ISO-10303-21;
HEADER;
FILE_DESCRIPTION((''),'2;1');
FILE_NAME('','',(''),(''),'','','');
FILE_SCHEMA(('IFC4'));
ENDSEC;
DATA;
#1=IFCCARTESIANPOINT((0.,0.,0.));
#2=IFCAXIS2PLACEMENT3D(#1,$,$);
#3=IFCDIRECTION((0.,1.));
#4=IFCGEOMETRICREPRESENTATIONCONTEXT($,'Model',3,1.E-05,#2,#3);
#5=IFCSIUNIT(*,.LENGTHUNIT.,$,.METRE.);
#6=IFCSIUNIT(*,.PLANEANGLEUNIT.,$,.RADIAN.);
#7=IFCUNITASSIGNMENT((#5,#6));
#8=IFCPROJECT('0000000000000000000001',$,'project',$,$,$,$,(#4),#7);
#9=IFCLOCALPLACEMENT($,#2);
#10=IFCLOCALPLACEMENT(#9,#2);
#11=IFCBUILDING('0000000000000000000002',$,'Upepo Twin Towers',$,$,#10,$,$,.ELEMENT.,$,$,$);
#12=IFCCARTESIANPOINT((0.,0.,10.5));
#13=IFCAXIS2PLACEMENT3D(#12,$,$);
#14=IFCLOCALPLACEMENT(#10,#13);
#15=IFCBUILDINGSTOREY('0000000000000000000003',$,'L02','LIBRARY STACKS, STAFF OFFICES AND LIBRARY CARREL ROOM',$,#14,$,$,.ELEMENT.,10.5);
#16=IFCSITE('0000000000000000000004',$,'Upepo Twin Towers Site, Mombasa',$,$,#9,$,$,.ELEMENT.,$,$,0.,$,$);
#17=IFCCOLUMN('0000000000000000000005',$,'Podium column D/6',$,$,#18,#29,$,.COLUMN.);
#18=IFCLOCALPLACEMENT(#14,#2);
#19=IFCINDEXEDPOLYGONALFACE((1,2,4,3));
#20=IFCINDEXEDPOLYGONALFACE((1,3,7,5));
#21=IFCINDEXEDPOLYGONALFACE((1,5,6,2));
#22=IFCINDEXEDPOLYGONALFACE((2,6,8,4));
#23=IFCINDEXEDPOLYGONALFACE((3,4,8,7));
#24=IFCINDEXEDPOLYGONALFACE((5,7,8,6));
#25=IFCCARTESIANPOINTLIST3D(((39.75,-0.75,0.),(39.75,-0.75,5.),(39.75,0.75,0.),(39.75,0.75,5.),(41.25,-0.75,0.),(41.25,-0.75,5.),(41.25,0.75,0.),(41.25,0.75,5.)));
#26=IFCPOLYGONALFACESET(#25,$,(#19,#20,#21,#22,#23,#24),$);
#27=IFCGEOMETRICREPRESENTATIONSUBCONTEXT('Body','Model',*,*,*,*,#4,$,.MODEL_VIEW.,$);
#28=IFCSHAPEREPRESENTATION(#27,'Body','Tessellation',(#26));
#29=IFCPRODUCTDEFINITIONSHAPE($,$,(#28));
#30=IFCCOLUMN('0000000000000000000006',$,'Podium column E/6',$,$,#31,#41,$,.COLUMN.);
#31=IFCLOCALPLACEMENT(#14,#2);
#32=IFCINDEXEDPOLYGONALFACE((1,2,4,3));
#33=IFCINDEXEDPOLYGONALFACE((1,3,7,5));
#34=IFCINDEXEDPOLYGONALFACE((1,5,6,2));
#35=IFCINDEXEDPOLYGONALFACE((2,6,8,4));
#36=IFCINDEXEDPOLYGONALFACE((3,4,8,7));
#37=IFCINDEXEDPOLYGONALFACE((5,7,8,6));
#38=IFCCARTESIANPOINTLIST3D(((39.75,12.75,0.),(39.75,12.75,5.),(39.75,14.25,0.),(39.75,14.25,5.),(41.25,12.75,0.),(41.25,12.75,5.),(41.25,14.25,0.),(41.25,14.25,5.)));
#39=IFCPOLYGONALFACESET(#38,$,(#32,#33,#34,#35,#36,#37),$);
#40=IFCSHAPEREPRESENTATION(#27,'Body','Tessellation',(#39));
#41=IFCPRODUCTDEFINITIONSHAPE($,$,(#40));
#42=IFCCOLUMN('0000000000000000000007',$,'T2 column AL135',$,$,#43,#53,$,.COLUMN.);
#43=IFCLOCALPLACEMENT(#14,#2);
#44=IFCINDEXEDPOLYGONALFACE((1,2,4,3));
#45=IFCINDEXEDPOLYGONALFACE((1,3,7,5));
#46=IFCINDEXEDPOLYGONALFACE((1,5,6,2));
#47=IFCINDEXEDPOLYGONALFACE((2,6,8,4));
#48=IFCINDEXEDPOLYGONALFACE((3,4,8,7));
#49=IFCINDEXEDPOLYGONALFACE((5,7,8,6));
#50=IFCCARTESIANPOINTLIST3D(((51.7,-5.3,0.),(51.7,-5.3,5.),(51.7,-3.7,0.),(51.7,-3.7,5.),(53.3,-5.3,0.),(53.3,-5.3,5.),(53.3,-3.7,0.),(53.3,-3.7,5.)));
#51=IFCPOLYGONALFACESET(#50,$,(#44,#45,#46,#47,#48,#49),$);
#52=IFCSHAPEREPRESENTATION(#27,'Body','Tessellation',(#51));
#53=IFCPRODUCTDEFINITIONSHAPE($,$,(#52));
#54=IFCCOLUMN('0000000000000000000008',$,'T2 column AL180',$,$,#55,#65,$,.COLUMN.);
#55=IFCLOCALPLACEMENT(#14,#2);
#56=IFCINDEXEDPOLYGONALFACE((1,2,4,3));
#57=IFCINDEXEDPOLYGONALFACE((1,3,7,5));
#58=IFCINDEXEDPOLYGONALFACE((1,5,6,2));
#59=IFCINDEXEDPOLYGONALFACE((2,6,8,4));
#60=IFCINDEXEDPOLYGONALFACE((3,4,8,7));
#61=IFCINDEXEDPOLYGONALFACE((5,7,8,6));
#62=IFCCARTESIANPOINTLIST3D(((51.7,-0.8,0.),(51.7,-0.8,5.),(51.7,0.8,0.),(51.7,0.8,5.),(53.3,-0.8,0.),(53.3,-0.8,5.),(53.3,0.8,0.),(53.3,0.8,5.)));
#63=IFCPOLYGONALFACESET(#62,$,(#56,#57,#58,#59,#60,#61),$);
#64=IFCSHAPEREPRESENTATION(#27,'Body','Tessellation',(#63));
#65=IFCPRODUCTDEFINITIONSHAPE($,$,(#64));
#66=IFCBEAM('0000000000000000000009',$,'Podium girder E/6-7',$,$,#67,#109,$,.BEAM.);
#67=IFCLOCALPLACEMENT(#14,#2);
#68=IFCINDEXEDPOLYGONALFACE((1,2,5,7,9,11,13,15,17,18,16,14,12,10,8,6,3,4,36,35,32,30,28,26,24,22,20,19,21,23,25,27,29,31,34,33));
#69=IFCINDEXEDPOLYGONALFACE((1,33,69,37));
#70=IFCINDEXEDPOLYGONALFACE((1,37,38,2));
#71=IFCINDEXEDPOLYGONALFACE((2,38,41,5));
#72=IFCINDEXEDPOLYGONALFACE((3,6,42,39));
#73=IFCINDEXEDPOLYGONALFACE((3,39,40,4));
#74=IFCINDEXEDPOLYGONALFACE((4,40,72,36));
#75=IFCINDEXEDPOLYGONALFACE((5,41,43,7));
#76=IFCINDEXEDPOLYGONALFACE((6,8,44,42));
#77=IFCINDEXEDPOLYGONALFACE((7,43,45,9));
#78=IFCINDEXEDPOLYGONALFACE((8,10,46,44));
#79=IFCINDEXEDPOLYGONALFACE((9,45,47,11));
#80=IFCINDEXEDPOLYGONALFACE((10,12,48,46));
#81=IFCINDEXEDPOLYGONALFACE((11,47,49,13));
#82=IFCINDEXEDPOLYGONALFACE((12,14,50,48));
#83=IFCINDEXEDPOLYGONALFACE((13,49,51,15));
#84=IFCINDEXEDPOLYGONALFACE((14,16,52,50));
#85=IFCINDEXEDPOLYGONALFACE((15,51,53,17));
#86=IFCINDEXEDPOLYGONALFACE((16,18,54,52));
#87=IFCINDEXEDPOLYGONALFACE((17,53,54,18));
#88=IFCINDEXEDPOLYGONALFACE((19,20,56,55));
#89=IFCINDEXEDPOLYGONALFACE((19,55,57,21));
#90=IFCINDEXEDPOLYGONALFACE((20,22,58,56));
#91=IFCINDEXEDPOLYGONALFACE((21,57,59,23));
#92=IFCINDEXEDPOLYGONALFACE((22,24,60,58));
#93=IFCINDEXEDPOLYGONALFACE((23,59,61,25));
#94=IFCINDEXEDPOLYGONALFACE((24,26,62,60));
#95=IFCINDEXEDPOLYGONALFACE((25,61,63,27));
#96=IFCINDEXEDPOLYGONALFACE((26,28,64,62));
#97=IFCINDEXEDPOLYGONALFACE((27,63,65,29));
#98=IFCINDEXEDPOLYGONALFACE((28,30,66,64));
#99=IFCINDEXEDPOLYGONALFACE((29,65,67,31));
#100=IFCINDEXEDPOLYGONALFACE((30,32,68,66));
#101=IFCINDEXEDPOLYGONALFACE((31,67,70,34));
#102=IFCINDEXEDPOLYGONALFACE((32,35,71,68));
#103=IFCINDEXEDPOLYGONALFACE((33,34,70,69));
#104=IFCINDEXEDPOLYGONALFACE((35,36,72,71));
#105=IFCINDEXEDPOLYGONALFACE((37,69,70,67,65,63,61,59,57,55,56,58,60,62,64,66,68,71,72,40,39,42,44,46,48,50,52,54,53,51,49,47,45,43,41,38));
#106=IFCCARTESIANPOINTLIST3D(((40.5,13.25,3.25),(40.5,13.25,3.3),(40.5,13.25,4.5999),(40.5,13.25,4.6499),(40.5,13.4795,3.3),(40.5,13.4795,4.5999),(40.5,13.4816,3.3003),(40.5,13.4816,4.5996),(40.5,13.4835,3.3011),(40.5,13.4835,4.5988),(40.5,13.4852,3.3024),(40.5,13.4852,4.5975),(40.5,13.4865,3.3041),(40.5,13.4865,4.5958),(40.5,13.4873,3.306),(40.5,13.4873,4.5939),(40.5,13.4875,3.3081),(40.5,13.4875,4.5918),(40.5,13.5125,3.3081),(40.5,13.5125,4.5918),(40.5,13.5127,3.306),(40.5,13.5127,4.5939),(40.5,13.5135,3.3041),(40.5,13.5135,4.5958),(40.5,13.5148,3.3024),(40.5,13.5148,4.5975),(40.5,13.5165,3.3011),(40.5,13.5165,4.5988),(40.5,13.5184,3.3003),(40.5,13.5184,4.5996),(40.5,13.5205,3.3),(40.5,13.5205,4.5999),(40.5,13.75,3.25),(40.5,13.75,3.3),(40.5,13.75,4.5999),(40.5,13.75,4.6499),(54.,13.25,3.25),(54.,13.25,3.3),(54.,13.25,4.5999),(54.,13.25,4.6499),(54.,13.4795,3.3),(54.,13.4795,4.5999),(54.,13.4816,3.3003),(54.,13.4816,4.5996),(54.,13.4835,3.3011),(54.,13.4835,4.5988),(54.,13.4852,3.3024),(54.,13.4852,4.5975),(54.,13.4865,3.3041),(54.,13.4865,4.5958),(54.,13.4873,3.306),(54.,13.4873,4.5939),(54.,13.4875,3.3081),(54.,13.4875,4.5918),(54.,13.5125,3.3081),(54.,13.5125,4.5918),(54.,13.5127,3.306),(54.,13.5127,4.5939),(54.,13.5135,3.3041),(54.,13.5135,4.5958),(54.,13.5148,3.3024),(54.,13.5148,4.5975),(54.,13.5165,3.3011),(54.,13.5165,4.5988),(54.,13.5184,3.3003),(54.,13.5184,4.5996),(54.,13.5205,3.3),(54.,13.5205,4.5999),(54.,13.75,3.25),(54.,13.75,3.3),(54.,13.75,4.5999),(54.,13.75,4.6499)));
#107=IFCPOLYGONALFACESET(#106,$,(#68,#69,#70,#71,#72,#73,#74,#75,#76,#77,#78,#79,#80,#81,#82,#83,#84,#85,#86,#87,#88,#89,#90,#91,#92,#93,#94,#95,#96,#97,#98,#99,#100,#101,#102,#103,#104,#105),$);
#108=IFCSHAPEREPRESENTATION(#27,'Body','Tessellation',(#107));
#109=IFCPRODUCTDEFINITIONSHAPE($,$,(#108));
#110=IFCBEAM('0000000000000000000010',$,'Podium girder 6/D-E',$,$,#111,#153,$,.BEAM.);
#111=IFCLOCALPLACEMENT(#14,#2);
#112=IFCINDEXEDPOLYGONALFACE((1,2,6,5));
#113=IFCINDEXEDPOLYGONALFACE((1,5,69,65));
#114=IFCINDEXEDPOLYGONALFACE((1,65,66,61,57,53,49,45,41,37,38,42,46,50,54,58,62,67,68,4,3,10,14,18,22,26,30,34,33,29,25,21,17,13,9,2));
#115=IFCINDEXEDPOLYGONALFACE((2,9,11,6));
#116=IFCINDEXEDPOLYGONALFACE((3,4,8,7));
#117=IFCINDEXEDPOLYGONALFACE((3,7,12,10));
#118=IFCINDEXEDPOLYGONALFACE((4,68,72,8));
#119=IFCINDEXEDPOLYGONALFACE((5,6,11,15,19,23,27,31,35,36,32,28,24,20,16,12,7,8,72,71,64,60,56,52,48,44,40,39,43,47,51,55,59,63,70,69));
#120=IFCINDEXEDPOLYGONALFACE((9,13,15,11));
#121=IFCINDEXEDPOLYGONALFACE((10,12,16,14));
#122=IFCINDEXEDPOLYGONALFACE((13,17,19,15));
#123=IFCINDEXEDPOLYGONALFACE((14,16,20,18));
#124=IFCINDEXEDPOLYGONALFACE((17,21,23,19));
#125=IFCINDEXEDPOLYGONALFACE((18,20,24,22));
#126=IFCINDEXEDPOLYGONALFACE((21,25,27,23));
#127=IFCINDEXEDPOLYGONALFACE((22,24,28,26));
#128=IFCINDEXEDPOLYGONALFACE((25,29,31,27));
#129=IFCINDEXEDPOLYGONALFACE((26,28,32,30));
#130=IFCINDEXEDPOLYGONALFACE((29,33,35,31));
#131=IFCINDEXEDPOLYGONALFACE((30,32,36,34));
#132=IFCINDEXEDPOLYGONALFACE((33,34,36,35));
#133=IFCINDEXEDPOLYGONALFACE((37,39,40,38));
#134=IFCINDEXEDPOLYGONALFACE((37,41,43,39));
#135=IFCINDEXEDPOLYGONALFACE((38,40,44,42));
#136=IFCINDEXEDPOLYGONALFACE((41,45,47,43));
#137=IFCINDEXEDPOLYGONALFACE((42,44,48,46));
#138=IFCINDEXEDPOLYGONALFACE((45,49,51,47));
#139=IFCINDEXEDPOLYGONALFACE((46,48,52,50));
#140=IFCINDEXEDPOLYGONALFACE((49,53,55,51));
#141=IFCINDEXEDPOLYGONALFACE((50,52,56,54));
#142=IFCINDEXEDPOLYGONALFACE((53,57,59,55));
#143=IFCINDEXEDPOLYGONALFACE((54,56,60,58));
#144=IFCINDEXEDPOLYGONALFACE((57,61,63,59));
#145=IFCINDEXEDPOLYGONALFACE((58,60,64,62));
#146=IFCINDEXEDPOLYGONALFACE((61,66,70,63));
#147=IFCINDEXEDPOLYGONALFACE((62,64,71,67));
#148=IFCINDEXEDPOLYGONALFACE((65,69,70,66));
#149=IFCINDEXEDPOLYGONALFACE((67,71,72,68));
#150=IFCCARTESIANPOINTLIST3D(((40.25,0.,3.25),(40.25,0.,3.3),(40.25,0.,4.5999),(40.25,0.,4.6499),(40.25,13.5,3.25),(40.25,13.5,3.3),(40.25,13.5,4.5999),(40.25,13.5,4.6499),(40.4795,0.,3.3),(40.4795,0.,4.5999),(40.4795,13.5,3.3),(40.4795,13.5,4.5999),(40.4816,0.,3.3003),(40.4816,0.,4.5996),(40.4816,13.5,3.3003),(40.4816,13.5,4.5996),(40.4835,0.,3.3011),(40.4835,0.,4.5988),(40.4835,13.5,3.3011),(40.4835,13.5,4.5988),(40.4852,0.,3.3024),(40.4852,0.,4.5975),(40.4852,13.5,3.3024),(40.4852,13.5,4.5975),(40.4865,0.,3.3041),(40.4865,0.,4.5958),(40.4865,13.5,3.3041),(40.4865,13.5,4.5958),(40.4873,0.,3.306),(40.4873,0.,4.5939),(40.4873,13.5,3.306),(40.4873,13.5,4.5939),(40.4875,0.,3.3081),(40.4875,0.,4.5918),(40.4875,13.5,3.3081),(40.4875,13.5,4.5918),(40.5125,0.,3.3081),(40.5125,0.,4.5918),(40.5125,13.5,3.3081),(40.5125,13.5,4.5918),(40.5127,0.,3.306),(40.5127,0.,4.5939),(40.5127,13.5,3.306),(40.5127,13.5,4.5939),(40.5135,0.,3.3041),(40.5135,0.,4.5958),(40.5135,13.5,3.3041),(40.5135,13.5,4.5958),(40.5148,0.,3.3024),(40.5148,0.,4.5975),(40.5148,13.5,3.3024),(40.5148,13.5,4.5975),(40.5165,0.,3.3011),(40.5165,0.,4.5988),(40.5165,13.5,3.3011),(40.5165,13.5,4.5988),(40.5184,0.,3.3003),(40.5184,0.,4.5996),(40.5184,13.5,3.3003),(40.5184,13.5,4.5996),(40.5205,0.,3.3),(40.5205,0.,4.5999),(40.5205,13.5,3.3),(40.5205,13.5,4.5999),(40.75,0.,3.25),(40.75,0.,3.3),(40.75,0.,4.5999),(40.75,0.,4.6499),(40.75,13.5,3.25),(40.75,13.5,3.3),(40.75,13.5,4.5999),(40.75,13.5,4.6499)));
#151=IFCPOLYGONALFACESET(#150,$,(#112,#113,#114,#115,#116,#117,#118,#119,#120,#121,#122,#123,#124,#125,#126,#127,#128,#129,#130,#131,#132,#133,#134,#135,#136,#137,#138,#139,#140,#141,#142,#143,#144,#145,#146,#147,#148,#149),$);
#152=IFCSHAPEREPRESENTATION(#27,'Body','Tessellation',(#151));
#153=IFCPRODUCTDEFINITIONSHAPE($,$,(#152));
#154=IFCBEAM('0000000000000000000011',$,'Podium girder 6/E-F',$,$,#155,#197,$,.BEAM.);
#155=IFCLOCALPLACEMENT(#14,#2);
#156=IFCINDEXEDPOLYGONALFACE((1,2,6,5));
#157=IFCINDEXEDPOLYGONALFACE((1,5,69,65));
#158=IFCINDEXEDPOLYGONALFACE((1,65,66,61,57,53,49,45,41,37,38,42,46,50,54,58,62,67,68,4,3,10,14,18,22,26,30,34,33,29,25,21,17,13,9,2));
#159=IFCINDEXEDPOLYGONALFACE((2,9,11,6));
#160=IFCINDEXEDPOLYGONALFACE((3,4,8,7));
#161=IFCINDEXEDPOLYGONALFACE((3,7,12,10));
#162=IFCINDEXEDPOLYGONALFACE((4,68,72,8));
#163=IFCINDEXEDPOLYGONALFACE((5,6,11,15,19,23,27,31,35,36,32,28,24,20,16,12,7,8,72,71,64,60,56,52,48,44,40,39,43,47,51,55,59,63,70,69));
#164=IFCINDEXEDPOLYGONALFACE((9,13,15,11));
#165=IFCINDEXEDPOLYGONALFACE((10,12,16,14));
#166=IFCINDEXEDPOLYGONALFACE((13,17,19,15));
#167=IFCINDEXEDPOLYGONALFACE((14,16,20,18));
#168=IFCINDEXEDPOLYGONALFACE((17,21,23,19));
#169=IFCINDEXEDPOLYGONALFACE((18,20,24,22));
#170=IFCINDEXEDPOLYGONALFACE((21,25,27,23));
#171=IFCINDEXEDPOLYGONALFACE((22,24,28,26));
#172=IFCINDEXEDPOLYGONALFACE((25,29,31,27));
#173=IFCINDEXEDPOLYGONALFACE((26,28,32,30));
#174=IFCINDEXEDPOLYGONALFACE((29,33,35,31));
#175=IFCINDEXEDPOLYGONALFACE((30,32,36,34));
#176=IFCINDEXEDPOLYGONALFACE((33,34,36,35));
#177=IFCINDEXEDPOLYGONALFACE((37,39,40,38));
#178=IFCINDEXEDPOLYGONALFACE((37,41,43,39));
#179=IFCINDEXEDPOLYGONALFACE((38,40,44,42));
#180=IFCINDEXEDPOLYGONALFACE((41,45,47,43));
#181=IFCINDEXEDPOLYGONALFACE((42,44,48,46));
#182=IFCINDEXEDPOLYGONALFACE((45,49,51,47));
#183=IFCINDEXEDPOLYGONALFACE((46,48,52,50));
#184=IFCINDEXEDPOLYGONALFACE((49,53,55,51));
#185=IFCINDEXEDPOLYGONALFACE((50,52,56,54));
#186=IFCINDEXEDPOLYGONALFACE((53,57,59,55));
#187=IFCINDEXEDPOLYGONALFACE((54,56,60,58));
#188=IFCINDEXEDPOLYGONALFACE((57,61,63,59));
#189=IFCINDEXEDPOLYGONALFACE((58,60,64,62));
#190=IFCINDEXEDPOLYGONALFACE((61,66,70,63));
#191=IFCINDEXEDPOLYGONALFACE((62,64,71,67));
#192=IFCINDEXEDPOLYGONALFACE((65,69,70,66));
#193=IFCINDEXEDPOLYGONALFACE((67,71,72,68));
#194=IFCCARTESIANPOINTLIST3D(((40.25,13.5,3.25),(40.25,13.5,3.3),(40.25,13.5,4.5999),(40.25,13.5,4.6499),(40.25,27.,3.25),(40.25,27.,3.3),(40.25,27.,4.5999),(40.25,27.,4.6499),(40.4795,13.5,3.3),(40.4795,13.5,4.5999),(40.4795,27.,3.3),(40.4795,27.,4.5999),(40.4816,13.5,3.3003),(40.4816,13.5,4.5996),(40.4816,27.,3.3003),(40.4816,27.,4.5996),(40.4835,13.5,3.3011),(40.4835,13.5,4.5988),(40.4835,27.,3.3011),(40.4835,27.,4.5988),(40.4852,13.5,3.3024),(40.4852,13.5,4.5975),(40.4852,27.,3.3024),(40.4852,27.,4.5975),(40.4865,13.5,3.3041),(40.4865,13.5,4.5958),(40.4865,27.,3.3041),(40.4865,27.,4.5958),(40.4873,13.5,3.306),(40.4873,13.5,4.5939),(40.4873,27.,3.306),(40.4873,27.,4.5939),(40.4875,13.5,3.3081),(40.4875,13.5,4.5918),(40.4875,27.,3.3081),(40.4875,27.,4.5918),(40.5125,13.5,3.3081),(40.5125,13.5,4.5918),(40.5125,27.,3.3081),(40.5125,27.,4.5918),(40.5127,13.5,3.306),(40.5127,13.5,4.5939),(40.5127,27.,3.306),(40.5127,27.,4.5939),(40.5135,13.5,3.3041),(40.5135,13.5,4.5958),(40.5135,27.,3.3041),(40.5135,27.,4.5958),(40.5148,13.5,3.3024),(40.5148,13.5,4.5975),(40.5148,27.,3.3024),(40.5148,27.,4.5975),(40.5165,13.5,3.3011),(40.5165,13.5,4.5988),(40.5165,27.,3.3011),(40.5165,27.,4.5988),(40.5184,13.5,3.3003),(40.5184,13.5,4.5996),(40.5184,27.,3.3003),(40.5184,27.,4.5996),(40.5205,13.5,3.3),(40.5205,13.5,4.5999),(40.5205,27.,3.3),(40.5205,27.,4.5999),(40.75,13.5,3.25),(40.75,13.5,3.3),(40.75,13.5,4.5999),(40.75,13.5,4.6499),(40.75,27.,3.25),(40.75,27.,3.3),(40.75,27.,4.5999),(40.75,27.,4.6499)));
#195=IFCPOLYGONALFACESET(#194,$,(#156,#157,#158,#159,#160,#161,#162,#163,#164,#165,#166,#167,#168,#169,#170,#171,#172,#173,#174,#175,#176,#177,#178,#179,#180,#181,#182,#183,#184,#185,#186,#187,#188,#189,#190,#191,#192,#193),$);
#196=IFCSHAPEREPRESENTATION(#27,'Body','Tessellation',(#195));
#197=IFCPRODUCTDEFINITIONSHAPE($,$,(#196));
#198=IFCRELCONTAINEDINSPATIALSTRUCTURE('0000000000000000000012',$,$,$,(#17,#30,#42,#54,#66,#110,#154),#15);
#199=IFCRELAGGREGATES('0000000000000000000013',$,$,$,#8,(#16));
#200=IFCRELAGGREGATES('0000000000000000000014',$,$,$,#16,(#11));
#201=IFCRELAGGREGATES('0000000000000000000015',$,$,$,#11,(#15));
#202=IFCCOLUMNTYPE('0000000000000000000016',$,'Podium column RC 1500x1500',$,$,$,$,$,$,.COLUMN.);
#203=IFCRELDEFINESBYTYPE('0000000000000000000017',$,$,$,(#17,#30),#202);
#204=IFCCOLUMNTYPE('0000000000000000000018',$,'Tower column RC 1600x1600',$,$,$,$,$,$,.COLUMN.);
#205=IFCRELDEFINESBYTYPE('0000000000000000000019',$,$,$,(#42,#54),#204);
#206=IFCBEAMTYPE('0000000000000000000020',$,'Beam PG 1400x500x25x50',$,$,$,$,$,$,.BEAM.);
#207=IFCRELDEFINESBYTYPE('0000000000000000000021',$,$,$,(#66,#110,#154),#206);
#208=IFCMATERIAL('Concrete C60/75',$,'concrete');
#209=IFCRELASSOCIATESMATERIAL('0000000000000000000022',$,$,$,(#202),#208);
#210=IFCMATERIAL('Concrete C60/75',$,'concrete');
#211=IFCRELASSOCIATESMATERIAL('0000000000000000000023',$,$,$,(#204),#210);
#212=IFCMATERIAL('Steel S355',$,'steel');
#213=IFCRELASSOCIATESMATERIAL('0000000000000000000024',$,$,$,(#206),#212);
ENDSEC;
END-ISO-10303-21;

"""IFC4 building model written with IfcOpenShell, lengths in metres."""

from ifc_helpers import new_model, si_unit, direction, frame, origin, origin_2d, place, context, subcontext, project, spatial, rectangle, i_section, extrude, material, material_profile, profile_set, type_object, element, save


model = new_model("IFC4")

# Units and contexts
model_context = context("Model", 3, precision=1e-05, world=origin(), true_north=direction((0.0, 1.0)))
body_context = subcontext(model_context, "Body", "Model", "MODEL_VIEW")
ifc_project = project(units=[si_unit("LENGTHUNIT", "METRE"), si_unit("PLANEANGLEUNIT", "RADIAN")], contexts=[model_context])

# Site, building, storey
site_placement = place(None, origin())
site = spatial("IfcSite", under=ifc_project, at=site_placement, Name="Upepo Twin Towers Site, Mombasa", CompositionType="ELEMENT", RefElevation=0.0)
building_placement = place(site_placement, origin())
building = spatial("IfcBuilding", under=site, at=building_placement, Name="Upepo Twin Towers", CompositionType="ELEMENT")
storey_placement = place(building_placement, frame((0.0, 0.0, 10.5)))
storey = spatial("IfcBuildingStorey", under=building, at=storey_placement, Name="L02", Description="LIBRARY STACKS, STAFF OFFICES AND LIBRARY CARREL ROOM", CompositionType="ELEMENT", Elevation=10.5)

# Columns
ifc_material_1 = material(Name="Concrete C60/75", Category="concrete")
ifc_material_profile_1 = material_profile(ifc_material_1, rectangle(XDim=1.5, YDim=1.5, at=origin_2d()), Name="RC 1500x1500")
ifc_profile_set_1 = profile_set([ifc_material_profile_1], Name="Concrete C60/75")
column_type_1 = type_object("IfcColumnType", Name="Podium column RC 1500x1500", PredefinedType="COLUMN", material=ifc_profile_set_1)
for number, where, z_axis, x_axis, name in (
    (1, (40.5, 0.0, 0.0), (0.0, 0.0, 1.0), (1.0, 0.0, 0.0), "Podium column D/6"),
    (2, (40.5, 13.5, 0.0), (0.0, 0.0, 1.0), (1.0, 0.0, 0.0), "Podium column E/6"),
):
    element("IfcColumn", number, at=place(storey_placement, frame(where, z_axis=z_axis, x_axis=x_axis)), inside=storey, type_object=column_type_1, Name=name, PredefinedType="COLUMN", context=body_context, shape_type="SweptSolid", body=[
        extrude(rectangle(XDim=1.5, YDim=1.5, at=origin_2d()), origin(), (0.0, 0.0, 1.0), 5.0),
    ])
ifc_material_2 = material(Name="Concrete C60/75", Category="concrete")
ifc_material_profile_2 = material_profile(ifc_material_2, rectangle(XDim=1.6001, YDim=1.6001, at=origin_2d()), Name="RC 1600x1600")
ifc_profile_set_2 = profile_set([ifc_material_profile_2], Name="Concrete C60/75")
column_type_2 = type_object("IfcColumnType", Name="Tower column RC 1600x1600", PredefinedType="COLUMN", material=ifc_profile_set_2)
for number, where, z_axis, x_axis, name in (
    (3, (52.5, -4.5, 0.0), (0.0, 0.0, 1.0), (1.0, 0.0, 0.0), "T2 column AL135"),
    (4, (52.5, 0.0, 0.0), (0.0, 0.0, 1.0), (1.0, 0.0, 0.0), "T2 column AL180"),
):
    element("IfcColumn", number, at=place(storey_placement, frame(where, z_axis=z_axis, x_axis=x_axis)), inside=storey, type_object=column_type_2, Name=name, PredefinedType="COLUMN", context=body_context, shape_type="SweptSolid", body=[
        extrude(rectangle(XDim=1.6001, YDim=1.6001, at=origin_2d()), origin(), (0.0, 0.0, 1.0), 5.0),
    ])

# Beams
ifc_material_3 = material(Name="Steel S355", Category="steel")
ifc_material_profile_3 = material_profile(ifc_material_3, i_section(OverallWidth=0.5, OverallDepth=1.3999, WebThickness=0.0249, FlangeThickness=0.05, FilletRadius=0.0081, at=origin_2d()), Name="PG 1400x500x25x50")
ifc_profile_set_3 = profile_set([ifc_material_profile_3], Name="Steel S355")
beam_type_1 = type_object("IfcBeamType", Name="Beam PG 1400x500x25x50", PredefinedType="BEAM", material=ifc_profile_set_3)
for number, where, z_axis, x_axis, name in (
    (5, (40.5, 13.5, 3.95), (1.0, 0.0, 0.0), (0.0, 1.0, 0.0), "Podium girder E/6-7"),
    (6, (40.5, 0.0, 3.95), (0.0, 1.0, 0.0), (-1.0, 0.0, 0.0), "Podium girder 6/D-E"),
    (7, (40.5, 13.5, 3.95), (0.0, 1.0, 0.0), (-1.0, 0.0, 0.0), "Podium girder 6/E-F"),
):
    element("IfcBeam", number, at=place(storey_placement, frame(where, z_axis=z_axis, x_axis=x_axis)), inside=storey, type_object=beam_type_1, Name=name, PredefinedType="BEAM", context=body_context, shape_type="SweptSolid", body=[
        extrude(i_section(OverallWidth=0.5, OverallDepth=1.3999, WebThickness=0.0249, FlangeThickness=0.05, FilletRadius=0.0081, at=origin_2d()), origin(), (0.0, 0.0, 1.0), 13.5),
    ])

save(model, "model.ifc")
